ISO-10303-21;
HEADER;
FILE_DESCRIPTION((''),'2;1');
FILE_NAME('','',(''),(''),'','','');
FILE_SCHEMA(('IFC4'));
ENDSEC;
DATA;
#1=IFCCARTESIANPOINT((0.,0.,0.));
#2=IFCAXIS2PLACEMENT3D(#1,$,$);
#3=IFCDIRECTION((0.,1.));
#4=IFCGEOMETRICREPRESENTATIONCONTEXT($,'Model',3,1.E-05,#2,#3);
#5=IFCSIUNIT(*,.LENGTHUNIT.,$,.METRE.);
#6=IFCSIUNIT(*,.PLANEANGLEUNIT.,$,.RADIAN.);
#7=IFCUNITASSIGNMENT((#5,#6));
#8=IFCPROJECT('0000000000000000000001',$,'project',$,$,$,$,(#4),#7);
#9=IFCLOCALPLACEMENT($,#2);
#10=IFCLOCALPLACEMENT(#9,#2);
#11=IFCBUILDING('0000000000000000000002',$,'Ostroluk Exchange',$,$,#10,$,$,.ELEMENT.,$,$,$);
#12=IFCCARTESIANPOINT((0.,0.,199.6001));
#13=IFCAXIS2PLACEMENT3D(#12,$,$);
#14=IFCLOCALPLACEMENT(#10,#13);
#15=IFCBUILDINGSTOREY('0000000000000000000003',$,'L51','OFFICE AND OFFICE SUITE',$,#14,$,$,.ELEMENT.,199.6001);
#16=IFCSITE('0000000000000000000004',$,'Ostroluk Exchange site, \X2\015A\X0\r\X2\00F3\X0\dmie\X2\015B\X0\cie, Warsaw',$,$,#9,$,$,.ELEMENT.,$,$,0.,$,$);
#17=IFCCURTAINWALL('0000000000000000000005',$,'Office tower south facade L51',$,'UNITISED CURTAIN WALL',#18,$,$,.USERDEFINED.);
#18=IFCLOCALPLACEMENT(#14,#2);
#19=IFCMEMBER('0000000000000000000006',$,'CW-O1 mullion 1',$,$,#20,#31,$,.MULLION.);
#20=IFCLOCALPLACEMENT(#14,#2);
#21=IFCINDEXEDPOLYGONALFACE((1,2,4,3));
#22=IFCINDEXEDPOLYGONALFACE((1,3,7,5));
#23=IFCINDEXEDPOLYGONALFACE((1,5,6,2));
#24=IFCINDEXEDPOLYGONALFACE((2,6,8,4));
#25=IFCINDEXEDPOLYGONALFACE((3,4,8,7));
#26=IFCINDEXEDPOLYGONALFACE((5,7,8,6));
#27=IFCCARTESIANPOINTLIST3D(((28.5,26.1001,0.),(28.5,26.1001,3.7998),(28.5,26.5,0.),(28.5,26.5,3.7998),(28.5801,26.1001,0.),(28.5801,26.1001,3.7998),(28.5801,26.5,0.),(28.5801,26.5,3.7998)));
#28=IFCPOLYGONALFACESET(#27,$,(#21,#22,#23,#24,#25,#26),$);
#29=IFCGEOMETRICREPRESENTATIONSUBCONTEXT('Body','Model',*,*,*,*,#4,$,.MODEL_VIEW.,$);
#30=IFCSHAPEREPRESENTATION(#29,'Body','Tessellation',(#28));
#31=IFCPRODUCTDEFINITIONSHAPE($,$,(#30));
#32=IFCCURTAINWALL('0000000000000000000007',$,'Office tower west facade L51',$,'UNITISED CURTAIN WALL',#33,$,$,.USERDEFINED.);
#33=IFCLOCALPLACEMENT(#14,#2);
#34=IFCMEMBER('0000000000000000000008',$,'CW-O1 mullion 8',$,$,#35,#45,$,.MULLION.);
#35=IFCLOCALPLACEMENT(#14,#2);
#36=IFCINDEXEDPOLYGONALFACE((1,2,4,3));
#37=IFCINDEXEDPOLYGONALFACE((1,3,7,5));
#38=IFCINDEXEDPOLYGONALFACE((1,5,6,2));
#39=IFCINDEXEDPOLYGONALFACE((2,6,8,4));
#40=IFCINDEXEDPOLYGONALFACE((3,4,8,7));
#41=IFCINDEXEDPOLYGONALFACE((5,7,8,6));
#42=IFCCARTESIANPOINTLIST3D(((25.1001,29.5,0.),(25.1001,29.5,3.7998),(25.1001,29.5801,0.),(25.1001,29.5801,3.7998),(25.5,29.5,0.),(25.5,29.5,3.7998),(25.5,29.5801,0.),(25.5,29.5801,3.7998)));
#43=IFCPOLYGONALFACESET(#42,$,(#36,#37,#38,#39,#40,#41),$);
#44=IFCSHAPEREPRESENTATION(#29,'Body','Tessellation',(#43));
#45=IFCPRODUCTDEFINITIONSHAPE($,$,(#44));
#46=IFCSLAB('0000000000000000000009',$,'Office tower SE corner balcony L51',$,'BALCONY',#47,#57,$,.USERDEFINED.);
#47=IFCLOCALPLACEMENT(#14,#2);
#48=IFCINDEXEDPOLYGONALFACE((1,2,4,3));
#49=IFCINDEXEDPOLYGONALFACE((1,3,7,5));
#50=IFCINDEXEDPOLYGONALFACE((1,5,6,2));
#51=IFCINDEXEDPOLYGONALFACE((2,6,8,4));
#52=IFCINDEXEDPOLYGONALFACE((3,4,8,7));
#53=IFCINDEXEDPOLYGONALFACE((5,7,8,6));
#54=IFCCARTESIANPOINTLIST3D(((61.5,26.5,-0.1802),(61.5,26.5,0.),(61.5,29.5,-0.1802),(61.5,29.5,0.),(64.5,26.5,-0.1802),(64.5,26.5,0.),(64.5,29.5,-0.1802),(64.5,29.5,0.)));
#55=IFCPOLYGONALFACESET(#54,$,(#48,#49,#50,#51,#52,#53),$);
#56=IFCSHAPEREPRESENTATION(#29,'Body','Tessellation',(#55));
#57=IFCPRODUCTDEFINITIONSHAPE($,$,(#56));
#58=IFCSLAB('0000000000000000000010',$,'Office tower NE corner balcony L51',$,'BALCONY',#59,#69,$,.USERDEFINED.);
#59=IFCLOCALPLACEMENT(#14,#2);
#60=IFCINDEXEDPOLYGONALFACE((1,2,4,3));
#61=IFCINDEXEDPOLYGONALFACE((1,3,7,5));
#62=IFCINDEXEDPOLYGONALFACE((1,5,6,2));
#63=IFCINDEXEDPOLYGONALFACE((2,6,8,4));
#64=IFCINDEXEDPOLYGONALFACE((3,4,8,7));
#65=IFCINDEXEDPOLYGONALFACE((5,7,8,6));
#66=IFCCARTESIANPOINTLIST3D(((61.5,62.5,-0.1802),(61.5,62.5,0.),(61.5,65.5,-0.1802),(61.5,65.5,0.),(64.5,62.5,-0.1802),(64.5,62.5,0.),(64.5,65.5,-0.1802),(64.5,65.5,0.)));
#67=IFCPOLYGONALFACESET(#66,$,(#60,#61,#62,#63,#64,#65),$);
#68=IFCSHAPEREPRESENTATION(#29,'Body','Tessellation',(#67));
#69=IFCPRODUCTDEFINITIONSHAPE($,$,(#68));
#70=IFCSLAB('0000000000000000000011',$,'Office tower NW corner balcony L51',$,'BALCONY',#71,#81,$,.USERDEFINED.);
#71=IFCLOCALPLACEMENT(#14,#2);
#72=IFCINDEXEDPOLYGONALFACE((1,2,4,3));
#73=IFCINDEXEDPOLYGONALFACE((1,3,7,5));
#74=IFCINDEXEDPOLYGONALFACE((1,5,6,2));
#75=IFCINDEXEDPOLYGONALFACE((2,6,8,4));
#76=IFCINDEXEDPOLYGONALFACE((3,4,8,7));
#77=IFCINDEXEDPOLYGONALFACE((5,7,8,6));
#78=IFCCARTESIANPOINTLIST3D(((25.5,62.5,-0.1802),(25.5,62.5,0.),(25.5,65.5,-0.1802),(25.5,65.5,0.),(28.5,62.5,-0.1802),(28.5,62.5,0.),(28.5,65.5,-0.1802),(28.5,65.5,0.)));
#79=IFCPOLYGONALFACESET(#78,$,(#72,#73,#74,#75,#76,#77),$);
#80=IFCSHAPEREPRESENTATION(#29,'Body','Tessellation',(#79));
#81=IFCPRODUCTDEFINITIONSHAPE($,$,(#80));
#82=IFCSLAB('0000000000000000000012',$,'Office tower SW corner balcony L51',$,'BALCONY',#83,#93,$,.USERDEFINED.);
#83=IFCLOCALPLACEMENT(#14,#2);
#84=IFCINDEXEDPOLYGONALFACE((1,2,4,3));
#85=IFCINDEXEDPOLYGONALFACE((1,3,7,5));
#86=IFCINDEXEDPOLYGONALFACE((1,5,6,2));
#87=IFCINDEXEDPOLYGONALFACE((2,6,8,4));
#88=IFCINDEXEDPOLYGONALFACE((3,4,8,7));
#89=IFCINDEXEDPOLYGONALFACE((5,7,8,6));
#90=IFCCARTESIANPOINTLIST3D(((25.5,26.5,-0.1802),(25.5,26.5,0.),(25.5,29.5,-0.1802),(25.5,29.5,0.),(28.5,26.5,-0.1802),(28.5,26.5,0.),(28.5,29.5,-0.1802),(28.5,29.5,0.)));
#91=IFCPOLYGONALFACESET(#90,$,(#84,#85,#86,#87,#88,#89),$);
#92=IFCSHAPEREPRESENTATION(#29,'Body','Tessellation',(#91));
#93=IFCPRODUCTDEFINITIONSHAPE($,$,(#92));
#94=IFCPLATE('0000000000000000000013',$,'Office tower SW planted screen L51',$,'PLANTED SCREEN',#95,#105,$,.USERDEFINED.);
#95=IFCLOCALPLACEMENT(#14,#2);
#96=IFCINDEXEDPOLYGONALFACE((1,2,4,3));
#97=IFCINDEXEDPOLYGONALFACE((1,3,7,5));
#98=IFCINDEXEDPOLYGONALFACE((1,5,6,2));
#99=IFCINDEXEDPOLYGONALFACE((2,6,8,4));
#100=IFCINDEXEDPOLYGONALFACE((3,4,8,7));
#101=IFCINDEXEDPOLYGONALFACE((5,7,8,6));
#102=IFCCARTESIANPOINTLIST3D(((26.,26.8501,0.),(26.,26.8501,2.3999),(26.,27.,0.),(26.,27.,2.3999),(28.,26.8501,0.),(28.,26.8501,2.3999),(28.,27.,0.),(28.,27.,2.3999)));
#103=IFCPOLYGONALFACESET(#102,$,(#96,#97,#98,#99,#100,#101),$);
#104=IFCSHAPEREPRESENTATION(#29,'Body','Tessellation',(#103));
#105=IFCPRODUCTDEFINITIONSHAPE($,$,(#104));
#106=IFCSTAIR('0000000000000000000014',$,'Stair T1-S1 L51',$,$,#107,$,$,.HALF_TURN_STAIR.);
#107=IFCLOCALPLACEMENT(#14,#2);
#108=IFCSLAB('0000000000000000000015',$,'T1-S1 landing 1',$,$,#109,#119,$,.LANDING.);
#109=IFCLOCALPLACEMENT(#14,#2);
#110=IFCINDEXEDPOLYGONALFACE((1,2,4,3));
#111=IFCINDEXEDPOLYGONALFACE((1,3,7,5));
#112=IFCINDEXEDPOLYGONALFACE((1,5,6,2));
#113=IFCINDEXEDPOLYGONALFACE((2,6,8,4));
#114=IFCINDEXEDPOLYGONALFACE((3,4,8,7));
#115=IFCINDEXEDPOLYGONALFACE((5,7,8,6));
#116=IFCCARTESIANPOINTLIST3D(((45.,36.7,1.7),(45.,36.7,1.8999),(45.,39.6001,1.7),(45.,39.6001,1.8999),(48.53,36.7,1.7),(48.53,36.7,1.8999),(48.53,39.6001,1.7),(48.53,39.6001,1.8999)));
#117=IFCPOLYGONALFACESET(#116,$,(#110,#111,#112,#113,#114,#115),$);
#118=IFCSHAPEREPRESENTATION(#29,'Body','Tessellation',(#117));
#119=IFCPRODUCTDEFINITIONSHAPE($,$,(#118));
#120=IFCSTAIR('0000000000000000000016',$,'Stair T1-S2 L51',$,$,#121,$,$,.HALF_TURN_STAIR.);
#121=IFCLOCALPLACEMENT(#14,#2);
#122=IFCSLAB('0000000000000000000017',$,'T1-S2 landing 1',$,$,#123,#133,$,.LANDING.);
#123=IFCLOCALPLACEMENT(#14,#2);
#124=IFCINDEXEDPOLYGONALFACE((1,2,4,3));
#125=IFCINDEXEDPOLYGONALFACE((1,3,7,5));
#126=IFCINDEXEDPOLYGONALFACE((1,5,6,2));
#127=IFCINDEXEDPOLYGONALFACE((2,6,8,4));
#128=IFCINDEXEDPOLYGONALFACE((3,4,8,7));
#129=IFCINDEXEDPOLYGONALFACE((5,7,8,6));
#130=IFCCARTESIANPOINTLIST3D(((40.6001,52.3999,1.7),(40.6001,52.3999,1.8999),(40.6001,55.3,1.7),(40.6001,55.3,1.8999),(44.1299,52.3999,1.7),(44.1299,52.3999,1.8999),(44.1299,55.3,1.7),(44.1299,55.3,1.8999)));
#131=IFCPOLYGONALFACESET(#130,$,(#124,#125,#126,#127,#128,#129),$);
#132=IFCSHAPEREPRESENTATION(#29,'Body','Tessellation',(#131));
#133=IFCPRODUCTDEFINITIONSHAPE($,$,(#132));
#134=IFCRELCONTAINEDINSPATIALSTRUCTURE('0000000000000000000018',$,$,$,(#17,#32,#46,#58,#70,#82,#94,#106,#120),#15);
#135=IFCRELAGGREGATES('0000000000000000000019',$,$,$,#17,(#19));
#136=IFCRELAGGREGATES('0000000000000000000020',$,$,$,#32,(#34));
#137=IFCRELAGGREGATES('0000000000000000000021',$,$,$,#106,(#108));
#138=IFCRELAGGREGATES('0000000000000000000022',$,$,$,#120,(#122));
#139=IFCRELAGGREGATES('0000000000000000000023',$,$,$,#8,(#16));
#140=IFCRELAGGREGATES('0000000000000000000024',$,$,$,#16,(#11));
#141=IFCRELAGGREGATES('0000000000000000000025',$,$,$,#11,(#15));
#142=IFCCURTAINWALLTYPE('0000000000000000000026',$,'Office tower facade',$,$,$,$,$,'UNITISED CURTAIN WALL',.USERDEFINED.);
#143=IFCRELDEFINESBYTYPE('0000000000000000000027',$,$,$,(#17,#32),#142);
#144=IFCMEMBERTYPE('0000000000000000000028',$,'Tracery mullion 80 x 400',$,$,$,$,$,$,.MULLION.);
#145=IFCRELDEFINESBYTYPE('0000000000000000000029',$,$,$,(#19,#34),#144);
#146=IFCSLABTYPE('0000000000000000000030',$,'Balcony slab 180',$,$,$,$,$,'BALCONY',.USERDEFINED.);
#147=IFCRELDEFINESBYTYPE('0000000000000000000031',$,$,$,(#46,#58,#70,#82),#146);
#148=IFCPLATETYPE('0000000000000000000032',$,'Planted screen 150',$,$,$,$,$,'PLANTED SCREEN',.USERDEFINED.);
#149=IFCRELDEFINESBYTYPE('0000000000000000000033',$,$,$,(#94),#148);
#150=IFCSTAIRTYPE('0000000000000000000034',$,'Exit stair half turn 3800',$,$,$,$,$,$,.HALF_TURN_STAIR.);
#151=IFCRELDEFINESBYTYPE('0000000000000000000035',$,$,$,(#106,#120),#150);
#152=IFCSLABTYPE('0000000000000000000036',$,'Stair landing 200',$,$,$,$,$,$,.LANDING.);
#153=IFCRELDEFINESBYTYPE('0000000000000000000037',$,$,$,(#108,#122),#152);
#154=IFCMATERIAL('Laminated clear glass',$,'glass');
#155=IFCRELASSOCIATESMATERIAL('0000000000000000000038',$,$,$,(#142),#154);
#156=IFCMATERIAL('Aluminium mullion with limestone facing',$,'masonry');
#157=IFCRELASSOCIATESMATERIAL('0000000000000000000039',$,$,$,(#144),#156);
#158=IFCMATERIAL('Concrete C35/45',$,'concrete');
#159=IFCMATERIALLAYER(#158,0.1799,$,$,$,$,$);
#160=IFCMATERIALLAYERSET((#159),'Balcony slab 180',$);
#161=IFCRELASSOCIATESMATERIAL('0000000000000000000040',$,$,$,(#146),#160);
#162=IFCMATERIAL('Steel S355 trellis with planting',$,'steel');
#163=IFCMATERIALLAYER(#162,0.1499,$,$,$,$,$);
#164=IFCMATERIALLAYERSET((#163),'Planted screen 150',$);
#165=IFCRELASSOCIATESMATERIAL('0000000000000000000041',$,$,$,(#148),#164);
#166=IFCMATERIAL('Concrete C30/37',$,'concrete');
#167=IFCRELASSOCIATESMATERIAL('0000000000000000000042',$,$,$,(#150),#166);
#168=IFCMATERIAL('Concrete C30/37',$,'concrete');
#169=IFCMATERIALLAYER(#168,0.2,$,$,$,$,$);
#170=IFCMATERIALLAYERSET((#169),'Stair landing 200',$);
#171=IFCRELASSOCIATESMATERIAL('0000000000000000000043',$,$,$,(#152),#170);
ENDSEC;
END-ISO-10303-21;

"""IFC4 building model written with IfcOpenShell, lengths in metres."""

from ifc_helpers import new_model, si_unit, direction, frame, origin, origin_2d, place, context, subcontext, project, spatial, polyline, rectangle, outline, extrude, material, layer, layer_set, material_profile, profile_set, type_object, element, aggregate, save


model = new_model("IFC4")

# Units and contexts
model_context = context("Model", 3, precision=1e-05, world=origin(), true_north=direction((0.0, 1.0)))
body_context = subcontext(model_context, "Body", "Model", "MODEL_VIEW")
ifc_project = project(units=[si_unit("LENGTHUNIT", "METRE"), si_unit("PLANEANGLEUNIT", "RADIAN")], contexts=[model_context])

# Site, building, storey
site_placement = place(None, origin())
site = spatial("IfcSite", under=ifc_project, at=site_placement, Name="Ostroluk Exchange site, Śródmieście, Warsaw", CompositionType="ELEMENT", RefElevation=0.0)
building_placement = place(site_placement, origin())
building = spatial("IfcBuilding", under=site, at=building_placement, Name="Ostroluk Exchange", CompositionType="ELEMENT")
storey_placement = place(building_placement, frame((0.0, 0.0, 199.6001)))
storey = spatial("IfcBuildingStorey", under=building, at=storey_placement, Name="L51", Description="OFFICE AND OFFICE SUITE", CompositionType="ELEMENT", Elevation=199.6001)

# Curtain wall, member
ifc_material_1 = material(Name="Laminated clear glass", Category="glass")
curtain_wall_type = type_object("IfcCurtainWallType", Name="Office tower facade", ElementType="UNITISED CURTAIN WALL", PredefinedType="USERDEFINED", material=ifc_material_1)
curtain_wall_1_placement = place(storey_placement, origin())
curtain_wall_1 = element("IfcCurtainWall", 1, at=curtain_wall_1_placement, inside=storey, type_object=curtain_wall_type, Name="Office tower south facade L51", ObjectType="UNITISED CURTAIN WALL", PredefinedType="USERDEFINED")
ifc_material_2 = material(Name="Aluminium mullion with limestone facing", Category="masonry")
ifc_material_profile_1 = material_profile(ifc_material_2, rectangle(XDim=0.3999, YDim=0.0801, at=origin_2d()), Name="Tracery mullion 80 x 400")
ifc_profile_set_1 = profile_set([ifc_material_profile_1], Name="Aluminium mullion with limestone facing")
member_type_1 = type_object("IfcMemberType", Name="Tracery mullion 80 x 400", PredefinedType="MULLION", material=ifc_profile_set_1)
member_1_placement = place(storey_placement, frame((28.54, 26.3, 0.0), z_axis=(0.0, 0.0, 1.0), x_axis=(0.0, 1.0, 0.0)))
member_1 = element("IfcMember", 2, at=member_1_placement, type_object=member_type_1, Name="CW-O1 mullion 1", PredefinedType="MULLION", context=body_context, shape_type="SweptSolid", body=[
    extrude(rectangle(XDim=0.3999, YDim=0.0801, at=origin_2d()), origin(), (0.0, 0.0, 1.0), 3.7998),
])
aggregate(curtain_wall_1, [member_1])

# Curtain wall, member
curtain_wall_2_placement = place(storey_placement, origin())
curtain_wall_2 = element("IfcCurtainWall", 3, at=curtain_wall_2_placement, inside=storey, type_object=curtain_wall_type, Name="Office tower west facade L51", ObjectType="UNITISED CURTAIN WALL", PredefinedType="USERDEFINED")
member_2_placement = place(storey_placement, frame((25.3, 29.54, 0.0), z_axis=(0.0, 0.0, 1.0), x_axis=(1.0, 0.0, 0.0)))
member_2 = element("IfcMember", 4, at=member_2_placement, type_object=member_type_1, Name="CW-O1 mullion 8", PredefinedType="MULLION", context=body_context, shape_type="SweptSolid", body=[
    extrude(rectangle(XDim=0.3999, YDim=0.0801, at=origin_2d()), origin(), (0.0, 0.0, 1.0), 3.7998),
])
aggregate(curtain_wall_2, [member_2])

# Slabs
ifc_material_3 = material(Name="Concrete C35/45", Category="concrete")
ifc_layer_1 = layer(ifc_material_3, 0.1799)
ifc_layer_set_1 = layer_set([ifc_layer_1], Name="Balcony slab 180")
slab_type_1 = type_object("IfcSlabType", Name="Balcony slab 180", ElementType="BALCONY", PredefinedType="USERDEFINED", material=ifc_layer_set_1)
slab_1_placement = place(storey_placement, frame((0.0, 0.0, -0.1802)))
element("IfcSlab", 5, at=slab_1_placement, inside=storey, type_object=slab_type_1, Name="Office tower SE corner balcony L51", ObjectType="BALCONY", PredefinedType="USERDEFINED", context=body_context, shape_type="SweptSolid", body=[
    extrude(outline(polyline([(61.5, 26.5), (64.5, 26.5), (64.5, 29.5), (61.5, 29.5), (61.5, 26.5)])), origin(), (0.0, 0.0, 1.0), 0.1802),
])
slab_2_placement = place(storey_placement, frame((0.0, 0.0, -0.1802)))
element("IfcSlab", 6, at=slab_2_placement, inside=storey, type_object=slab_type_1, Name="Office tower NE corner balcony L51", ObjectType="BALCONY", PredefinedType="USERDEFINED", context=body_context, shape_type="SweptSolid", body=[
    extrude(outline(polyline([(61.5, 62.5), (64.5, 62.5), (64.5, 65.5), (61.5, 65.5), (61.5, 62.5)])), origin(), (0.0, 0.0, 1.0), 0.1802),
])
slab_3_placement = place(storey_placement, frame((0.0, 0.0, -0.1802)))
element("IfcSlab", 7, at=slab_3_placement, inside=storey, type_object=slab_type_1, Name="Office tower NW corner balcony L51", ObjectType="BALCONY", PredefinedType="USERDEFINED", context=body_context, shape_type="SweptSolid", body=[
    extrude(outline(polyline([(25.5, 62.5), (28.5, 62.5), (28.5, 65.5), (25.5, 65.5), (25.5, 62.5)])), origin(), (0.0, 0.0, 1.0), 0.1802),
])
slab_4_placement = place(storey_placement, frame((0.0, 0.0, -0.1802)))
element("IfcSlab", 8, at=slab_4_placement, inside=storey, type_object=slab_type_1, Name="Office tower SW corner balcony L51", ObjectType="BALCONY", PredefinedType="USERDEFINED", context=body_context, shape_type="SweptSolid", body=[
    extrude(outline(polyline([(25.5, 26.5), (28.5, 26.5), (28.5, 29.5), (25.5, 29.5), (25.5, 26.5)])), origin(), (0.0, 0.0, 1.0), 0.1802),
])

# Plate
ifc_material_4 = material(Name="Steel S355 trellis with planting", Category="steel")
ifc_layer_2 = layer(ifc_material_4, 0.1499)
ifc_layer_set_2 = layer_set([ifc_layer_2], Name="Planted screen 150")
plate_type = type_object("IfcPlateType", Name="Planted screen 150", ElementType="PLANTED SCREEN", PredefinedType="USERDEFINED", material=ifc_layer_set_2)
plate_placement = place(storey_placement, frame((27.0, 26.925, 0.0), z_axis=(0.0, 0.0, 1.0), x_axis=(1.0, 0.0, 0.0)))
element("IfcPlate", 9, at=plate_placement, inside=storey, type_object=plate_type, Name="Office tower SW planted screen L51", ObjectType="PLANTED SCREEN", PredefinedType="USERDEFINED", context=body_context, shape_type="SweptSolid", body=[
    extrude(rectangle(XDim=2.0, YDim=0.1499, at=origin_2d()), origin(), (0.0, 0.0, 1.0), 2.3999),
])

# Stairs, slabs
ifc_material_5 = material(Name="Concrete C30/37", Category="concrete")
stair_type = type_object("IfcStairType", Name="Exit stair half turn 3800", PredefinedType="HALF_TURN_STAIR", material=ifc_material_5)
stair_1_placement = place(storey_placement, origin())
stair_1 = element("IfcStair", 10, at=stair_1_placement, inside=storey, type_object=stair_type, Name="Stair T1-S1 L51", PredefinedType="HALF_TURN_STAIR")
ifc_material_6 = material(Name="Concrete C30/37", Category="concrete")
ifc_layer_3 = layer(ifc_material_6, 0.2)
ifc_layer_set_3 = layer_set([ifc_layer_3], Name="Stair landing 200")
slab_type_2 = type_object("IfcSlabType", Name="Stair landing 200", PredefinedType="LANDING", material=ifc_layer_set_3)
slab_5_placement = place(storey_placement, frame((0.0, 0.0, 1.7)))
slab_5 = element("IfcSlab", 11, at=slab_5_placement, type_object=slab_type_2, Name="T1-S1 landing 1", PredefinedType="LANDING", context=body_context, shape_type="SweptSolid", body=[
    extrude(outline(polyline([(45.0, 36.7), (45.0, 39.6001), (48.53, 39.6001), (48.53, 36.7), (45.0, 36.7)])), origin(), (0.0, 0.0, 1.0), 0.2),
])
aggregate(stair_1, [slab_5])
stair_2_placement = place(storey_placement, origin())
stair_2 = element("IfcStair", 12, at=stair_2_placement, inside=storey, type_object=stair_type, Name="Stair T1-S2 L51", PredefinedType="HALF_TURN_STAIR")
slab_6_placement = place(storey_placement, frame((0.0, 0.0, 1.7)))
slab_6 = element("IfcSlab", 13, at=slab_6_placement, type_object=slab_type_2, Name="T1-S2 landing 1", PredefinedType="LANDING", context=body_context, shape_type="SweptSolid", body=[
    extrude(outline(polyline([(44.1299, 52.3999), (44.1299, 55.3), (40.6001, 55.3), (40.6001, 52.3999), (44.1299, 52.3999)])), origin(), (0.0, 0.0, 1.0), 0.2),
])
aggregate(stair_2, [slab_6])

save(model, "model.ifc")
